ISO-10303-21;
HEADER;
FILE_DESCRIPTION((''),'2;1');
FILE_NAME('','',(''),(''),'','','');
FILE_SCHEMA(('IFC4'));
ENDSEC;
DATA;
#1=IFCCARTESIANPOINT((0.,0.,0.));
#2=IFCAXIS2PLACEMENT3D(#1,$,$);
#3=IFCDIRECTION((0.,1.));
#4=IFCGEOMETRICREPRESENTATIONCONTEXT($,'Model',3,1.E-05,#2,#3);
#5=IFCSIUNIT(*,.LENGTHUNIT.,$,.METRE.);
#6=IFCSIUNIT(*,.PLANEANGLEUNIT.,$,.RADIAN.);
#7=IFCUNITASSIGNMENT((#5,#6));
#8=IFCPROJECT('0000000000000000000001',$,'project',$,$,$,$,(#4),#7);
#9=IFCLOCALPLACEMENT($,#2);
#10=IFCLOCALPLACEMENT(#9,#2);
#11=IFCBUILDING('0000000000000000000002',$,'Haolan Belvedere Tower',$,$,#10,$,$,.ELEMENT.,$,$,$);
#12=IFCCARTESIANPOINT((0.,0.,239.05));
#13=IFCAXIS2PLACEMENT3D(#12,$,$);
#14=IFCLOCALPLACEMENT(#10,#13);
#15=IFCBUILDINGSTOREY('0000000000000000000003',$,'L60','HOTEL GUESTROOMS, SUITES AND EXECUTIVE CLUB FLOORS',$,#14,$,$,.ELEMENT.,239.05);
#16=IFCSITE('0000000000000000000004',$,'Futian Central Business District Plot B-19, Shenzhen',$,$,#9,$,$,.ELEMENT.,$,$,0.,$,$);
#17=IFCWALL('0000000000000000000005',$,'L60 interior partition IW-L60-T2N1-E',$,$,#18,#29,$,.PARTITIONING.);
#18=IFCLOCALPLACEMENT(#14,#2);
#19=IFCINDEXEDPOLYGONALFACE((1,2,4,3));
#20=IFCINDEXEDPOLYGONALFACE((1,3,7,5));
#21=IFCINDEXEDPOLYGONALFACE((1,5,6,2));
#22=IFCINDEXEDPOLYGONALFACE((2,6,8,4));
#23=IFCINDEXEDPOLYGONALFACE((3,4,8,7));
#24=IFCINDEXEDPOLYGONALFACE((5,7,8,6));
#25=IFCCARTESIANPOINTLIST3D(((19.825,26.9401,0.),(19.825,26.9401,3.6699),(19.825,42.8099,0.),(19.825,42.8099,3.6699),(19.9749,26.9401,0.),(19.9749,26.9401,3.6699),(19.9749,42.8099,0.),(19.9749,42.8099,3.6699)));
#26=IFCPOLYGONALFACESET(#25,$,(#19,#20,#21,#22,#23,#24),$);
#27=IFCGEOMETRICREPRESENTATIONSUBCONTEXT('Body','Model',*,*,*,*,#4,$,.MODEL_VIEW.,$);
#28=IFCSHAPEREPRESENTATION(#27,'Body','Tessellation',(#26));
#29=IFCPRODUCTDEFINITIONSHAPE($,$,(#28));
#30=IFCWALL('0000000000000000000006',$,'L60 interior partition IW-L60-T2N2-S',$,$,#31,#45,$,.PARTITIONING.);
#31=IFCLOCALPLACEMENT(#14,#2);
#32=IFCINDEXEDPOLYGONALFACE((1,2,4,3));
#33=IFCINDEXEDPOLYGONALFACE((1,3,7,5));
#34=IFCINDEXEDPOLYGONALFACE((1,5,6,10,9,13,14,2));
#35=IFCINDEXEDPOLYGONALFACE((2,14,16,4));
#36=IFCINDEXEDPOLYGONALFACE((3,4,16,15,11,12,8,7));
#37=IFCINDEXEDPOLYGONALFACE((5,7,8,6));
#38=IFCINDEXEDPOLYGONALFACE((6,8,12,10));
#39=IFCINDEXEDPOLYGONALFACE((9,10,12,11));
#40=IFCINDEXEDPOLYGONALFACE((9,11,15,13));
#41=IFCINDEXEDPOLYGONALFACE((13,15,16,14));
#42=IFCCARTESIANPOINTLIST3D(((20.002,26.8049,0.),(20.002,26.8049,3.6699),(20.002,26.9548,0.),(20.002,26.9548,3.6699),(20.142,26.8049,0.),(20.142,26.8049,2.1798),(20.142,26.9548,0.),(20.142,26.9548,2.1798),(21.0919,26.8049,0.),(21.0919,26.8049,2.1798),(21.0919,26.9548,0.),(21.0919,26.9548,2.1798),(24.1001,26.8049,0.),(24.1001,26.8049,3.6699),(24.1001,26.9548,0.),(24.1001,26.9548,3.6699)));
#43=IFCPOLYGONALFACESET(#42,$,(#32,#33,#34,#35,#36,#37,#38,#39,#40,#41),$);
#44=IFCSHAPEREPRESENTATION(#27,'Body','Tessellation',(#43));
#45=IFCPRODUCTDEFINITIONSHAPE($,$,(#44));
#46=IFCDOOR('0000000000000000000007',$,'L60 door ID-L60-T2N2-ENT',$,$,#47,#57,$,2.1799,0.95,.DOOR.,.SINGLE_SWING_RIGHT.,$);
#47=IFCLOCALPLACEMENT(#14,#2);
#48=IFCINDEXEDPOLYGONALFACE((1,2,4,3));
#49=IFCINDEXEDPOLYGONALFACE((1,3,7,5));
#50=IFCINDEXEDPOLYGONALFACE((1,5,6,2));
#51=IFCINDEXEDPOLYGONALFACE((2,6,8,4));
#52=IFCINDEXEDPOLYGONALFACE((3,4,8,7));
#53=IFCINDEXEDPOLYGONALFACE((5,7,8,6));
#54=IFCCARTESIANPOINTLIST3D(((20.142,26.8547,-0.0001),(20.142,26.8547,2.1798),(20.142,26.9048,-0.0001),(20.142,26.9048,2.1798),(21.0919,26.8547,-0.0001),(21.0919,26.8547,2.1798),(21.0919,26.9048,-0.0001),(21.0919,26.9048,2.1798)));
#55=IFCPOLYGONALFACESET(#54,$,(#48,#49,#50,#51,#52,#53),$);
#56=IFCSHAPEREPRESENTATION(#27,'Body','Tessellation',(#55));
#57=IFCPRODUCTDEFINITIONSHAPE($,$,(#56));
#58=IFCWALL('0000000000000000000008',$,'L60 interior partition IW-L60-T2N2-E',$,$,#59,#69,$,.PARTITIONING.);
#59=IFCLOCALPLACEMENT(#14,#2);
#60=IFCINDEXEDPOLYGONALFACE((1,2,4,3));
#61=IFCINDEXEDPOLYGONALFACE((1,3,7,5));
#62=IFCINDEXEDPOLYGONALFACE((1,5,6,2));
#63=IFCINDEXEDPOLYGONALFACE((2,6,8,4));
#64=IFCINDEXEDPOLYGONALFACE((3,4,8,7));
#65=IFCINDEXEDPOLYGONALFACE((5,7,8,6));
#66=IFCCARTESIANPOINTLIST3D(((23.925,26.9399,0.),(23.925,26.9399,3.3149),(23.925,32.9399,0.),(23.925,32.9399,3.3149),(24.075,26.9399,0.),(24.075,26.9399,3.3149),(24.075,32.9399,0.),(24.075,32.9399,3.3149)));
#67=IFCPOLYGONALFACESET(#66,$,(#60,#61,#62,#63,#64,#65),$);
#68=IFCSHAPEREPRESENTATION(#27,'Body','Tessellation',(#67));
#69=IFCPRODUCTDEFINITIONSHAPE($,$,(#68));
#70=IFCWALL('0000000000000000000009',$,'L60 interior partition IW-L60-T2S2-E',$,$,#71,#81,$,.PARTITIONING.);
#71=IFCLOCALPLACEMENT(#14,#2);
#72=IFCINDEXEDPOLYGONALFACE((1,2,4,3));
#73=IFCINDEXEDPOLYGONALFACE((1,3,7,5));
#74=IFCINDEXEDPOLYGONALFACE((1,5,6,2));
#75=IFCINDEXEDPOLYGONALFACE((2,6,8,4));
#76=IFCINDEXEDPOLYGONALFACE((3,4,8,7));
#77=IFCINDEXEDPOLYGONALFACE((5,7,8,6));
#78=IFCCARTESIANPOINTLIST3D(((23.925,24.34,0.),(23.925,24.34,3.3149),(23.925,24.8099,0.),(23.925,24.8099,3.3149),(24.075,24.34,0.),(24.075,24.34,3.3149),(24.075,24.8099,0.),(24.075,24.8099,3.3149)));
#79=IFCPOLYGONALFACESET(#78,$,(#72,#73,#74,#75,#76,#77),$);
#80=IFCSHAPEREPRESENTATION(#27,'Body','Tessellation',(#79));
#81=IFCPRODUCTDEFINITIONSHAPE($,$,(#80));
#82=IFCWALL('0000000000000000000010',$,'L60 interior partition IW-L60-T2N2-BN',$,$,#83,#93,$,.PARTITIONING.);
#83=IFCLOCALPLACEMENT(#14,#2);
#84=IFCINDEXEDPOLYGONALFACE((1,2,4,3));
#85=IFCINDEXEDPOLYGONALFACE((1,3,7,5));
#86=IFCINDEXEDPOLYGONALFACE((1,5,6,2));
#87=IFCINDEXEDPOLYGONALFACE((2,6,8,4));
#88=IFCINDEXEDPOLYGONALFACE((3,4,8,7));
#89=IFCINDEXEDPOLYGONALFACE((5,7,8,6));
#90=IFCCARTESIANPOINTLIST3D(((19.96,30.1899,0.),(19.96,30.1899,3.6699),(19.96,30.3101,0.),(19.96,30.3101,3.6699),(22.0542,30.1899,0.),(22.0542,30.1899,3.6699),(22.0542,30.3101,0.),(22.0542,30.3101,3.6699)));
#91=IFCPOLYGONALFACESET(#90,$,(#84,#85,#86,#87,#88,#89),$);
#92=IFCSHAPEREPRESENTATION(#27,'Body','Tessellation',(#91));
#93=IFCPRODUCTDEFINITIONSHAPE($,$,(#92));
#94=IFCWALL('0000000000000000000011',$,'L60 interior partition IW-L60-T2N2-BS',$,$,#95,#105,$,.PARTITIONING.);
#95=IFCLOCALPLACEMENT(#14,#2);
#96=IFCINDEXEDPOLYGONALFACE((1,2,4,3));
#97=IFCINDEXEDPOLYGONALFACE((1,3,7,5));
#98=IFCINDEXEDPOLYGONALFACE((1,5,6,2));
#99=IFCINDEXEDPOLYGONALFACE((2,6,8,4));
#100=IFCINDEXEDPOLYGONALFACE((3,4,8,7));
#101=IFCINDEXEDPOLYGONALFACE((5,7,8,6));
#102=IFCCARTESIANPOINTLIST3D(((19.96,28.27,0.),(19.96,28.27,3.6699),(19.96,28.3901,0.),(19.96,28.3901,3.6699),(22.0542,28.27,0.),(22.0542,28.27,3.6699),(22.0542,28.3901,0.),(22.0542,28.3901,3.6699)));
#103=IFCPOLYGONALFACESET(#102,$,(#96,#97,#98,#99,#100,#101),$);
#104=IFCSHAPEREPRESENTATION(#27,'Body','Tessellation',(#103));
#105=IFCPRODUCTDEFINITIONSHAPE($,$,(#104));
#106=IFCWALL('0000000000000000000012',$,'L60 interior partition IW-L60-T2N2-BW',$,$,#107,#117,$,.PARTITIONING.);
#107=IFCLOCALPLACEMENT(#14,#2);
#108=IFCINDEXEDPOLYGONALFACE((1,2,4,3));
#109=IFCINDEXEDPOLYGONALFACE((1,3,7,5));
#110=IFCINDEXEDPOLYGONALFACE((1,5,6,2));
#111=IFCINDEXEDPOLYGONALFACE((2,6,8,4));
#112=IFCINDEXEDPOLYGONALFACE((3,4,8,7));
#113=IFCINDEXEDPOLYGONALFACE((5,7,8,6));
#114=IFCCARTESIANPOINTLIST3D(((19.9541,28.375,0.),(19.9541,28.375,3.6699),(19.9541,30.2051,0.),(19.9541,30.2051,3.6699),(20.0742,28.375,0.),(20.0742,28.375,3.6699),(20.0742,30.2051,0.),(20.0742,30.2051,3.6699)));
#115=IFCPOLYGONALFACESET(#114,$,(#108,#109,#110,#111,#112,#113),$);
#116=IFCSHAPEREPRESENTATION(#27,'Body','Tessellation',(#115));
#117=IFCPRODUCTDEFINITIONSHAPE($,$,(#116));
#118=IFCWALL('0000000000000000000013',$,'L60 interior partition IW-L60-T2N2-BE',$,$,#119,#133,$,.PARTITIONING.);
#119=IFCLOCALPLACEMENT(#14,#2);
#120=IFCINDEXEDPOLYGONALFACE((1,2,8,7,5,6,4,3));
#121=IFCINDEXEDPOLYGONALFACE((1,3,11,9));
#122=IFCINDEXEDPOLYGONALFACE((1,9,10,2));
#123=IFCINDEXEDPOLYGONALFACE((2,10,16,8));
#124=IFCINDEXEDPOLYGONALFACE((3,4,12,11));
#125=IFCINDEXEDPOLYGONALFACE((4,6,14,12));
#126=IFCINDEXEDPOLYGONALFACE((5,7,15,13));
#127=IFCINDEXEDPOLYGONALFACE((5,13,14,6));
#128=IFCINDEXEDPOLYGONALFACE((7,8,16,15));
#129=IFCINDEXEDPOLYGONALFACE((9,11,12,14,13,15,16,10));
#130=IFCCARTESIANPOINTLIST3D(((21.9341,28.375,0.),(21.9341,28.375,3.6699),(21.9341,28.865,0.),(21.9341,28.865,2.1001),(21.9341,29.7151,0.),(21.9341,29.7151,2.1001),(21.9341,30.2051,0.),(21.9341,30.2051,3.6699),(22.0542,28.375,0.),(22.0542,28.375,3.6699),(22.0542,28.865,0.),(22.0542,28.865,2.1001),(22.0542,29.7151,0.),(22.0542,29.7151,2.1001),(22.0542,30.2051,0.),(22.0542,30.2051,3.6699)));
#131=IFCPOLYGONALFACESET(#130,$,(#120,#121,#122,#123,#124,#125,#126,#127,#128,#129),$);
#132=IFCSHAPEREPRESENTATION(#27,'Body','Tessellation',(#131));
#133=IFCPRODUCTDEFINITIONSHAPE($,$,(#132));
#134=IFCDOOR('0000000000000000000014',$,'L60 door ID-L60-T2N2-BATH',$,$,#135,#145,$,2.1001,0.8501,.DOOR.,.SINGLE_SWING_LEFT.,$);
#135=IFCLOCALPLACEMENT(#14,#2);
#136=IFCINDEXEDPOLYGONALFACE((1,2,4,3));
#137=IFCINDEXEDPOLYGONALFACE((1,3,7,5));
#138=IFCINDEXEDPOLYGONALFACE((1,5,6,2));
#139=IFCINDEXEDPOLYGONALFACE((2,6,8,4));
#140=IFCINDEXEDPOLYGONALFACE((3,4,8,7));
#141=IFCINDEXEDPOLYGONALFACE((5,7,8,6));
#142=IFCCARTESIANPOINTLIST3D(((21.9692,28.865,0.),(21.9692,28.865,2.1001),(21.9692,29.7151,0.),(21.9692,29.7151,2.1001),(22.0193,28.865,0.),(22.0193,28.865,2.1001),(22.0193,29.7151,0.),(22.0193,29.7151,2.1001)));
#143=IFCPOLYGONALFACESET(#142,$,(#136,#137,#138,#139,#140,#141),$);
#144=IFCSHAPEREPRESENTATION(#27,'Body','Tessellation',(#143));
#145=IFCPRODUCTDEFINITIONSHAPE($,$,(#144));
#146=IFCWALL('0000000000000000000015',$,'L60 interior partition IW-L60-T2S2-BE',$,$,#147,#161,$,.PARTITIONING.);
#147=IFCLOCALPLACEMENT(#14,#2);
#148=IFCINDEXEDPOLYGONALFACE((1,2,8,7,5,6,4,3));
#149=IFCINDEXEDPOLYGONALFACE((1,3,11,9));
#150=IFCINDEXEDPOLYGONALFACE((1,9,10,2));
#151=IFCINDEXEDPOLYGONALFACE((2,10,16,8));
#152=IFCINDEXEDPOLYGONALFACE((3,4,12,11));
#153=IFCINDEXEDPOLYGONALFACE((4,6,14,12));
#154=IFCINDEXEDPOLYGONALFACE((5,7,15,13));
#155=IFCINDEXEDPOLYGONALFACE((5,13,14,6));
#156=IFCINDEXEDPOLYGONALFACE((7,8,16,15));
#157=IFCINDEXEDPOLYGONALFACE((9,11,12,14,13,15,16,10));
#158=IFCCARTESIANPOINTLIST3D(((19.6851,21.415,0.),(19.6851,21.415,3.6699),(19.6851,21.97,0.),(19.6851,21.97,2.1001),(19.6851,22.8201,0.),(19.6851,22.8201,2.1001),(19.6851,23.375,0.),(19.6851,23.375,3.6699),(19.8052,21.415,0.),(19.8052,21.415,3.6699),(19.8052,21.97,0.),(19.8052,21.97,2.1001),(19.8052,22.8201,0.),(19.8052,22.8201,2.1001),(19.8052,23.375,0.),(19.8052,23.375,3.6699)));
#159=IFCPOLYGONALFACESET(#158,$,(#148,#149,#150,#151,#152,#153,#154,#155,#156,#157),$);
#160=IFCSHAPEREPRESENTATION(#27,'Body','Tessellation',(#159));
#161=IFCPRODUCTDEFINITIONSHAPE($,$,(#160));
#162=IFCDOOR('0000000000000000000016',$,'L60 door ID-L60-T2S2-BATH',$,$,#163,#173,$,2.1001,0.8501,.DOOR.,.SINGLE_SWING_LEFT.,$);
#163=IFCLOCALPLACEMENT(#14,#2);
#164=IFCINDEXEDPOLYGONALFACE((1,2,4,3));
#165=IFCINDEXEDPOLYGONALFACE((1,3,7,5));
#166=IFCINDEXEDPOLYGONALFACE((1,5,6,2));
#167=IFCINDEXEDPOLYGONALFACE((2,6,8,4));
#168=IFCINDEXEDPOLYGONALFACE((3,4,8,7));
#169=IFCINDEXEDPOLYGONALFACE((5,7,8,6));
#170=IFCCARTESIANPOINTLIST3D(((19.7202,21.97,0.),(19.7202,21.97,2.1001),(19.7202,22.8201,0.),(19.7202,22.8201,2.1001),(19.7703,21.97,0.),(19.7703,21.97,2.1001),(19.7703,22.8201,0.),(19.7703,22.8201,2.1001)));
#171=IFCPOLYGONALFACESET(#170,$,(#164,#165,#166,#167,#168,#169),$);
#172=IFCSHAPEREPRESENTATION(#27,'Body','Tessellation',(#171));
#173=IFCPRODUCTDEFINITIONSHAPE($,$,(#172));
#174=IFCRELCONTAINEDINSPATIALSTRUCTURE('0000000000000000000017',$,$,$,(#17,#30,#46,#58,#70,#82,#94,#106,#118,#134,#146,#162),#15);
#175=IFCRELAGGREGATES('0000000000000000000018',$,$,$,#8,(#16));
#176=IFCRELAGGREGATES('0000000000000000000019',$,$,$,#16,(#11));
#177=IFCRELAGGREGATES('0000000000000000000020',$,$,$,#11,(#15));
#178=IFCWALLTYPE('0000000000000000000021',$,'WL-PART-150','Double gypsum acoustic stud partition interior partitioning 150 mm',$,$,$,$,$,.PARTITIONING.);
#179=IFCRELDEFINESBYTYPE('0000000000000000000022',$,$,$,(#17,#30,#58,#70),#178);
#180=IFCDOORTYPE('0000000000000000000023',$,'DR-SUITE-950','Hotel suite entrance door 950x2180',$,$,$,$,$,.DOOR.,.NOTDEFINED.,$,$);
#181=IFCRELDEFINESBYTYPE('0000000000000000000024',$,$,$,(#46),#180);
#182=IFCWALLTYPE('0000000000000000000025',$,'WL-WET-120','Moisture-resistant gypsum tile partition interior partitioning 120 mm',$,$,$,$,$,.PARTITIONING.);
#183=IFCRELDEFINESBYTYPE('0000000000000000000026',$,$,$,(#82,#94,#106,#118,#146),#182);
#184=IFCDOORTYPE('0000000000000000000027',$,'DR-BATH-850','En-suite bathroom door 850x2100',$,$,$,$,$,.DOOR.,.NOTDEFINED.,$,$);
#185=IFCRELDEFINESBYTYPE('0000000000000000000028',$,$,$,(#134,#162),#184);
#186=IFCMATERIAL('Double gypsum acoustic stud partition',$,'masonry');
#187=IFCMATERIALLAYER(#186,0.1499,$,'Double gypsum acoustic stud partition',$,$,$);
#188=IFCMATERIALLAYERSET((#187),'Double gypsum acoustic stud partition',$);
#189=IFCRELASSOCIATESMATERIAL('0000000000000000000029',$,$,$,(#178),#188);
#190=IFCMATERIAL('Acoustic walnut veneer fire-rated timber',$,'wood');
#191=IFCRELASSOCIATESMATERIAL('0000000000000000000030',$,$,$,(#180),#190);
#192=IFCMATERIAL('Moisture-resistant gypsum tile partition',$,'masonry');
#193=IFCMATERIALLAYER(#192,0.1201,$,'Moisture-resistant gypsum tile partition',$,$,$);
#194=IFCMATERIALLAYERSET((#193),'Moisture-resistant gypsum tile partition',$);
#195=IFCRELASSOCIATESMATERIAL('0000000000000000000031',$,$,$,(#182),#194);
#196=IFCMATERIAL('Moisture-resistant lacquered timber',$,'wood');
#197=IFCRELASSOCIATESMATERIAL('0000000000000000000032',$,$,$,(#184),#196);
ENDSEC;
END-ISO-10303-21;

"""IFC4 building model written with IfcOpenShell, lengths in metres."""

from ifc_helpers import new_model, si_unit, direction, frame, frame_2d, origin, place, context, subcontext, project, spatial, rectangle, extrude, material, layer, layer_set, type_object, element, fill, save


model = new_model("IFC4")

# Units and contexts
model_context = context("Model", 3, precision=1e-05, world=origin(), true_north=direction((0.0, 1.0)))
body_context = subcontext(model_context, "Body", "Model", "MODEL_VIEW")
ifc_project = project(units=[si_unit("LENGTHUNIT", "METRE"), si_unit("PLANEANGLEUNIT", "RADIAN")], contexts=[model_context])

# Site, building, storey
site_placement = place(None, origin())
site = spatial("IfcSite", under=ifc_project, at=site_placement, Name="Futian Central Business District Plot B-19, Shenzhen", CompositionType="ELEMENT", RefElevation=0.0)
building_placement = place(site_placement, origin())
building = spatial("IfcBuilding", under=site, at=building_placement, Name="Haolan Belvedere Tower", CompositionType="ELEMENT")
storey_placement = place(building_placement, frame((0.0, 0.0, 239.05)))
storey = spatial("IfcBuildingStorey", under=building, at=storey_placement, Name="L60", Description="HOTEL GUESTROOMS, SUITES AND EXECUTIVE CLUB FLOORS", CompositionType="ELEMENT", Elevation=239.05)

# Shared definitions
ifc_material_1 = material(Name="Double gypsum acoustic stud partition", Category="masonry")
ifc_layer_1 = layer(ifc_material_1, 0.1499, Name="Double gypsum acoustic stud partition")
ifc_layer_set_1 = layer_set([ifc_layer_1], Name="Double gypsum acoustic stud partition")
wall_type_1 = type_object("IfcWallType", Name="WL-PART-150", Description="Double gypsum acoustic stud partition interior partitioning 150 mm", PredefinedType="PARTITIONING", material=ifc_layer_set_1)

# Wall
wall_1_placement = place(storey_placement, frame((19.8999, 26.9399, 0.0), z_axis=(0.0, 0.0, 1.0), x_axis=(0.0, 1.0, 0.0)))
element("IfcWall", 1, at=wall_1_placement, inside=storey, type_object=wall_type_1, Name="L60 interior partition IW-L60-T2N1-E", PredefinedType="PARTITIONING", context=body_context, shape_type="SweptSolid", body=[
    extrude(rectangle(XDim=15.8699, YDim=0.1499, at=frame_2d((7.9351, 0.0))), origin(), (0.0, 0.0, 1.0), 3.6699),
])

# Wall, opening, door
wall_2_placement = place(storey_placement, frame((20.002, 26.8799, 0.0), z_axis=(0.0, 0.0, 1.0), x_axis=(1.0, 0.0, 0.0)))
wall_2 = element("IfcWall", 2, at=wall_2_placement, inside=storey, type_object=wall_type_1, Name="L60 interior partition IW-L60-T2N2-S", PredefinedType="PARTITIONING", context=body_context, shape_type="SweptSolid", body=[
    extrude(rectangle(XDim=4.0981, YDim=0.1499, at=frame_2d((2.0491, 0.0))), origin(), (0.0, 0.0, 1.0), 3.6699),
])
opening_1_placement = place(wall_2_placement, frame((0.1399, 0.0, 0.0)))
opening_1 = element("IfcOpeningElement", 3, at=opening_1_placement, cuts=wall_2, PredefinedType="OPENING", context=body_context, shape_type="SweptSolid", body=[
    extrude(rectangle(XDim=0.95, YDim=2.1799, at=frame_2d((0.4751, 1.0898))), frame((0.0, 0.085, 0.0), z_axis=(0.0, -1.0, 0.0), x_axis=(1.0, 0.0, 0.0)), (0.0, 0.0, 1.0), 0.1699),
])
ifc_material_2 = material(Name="Acoustic walnut veneer fire-rated timber", Category="wood")
door_type_1 = type_object("IfcDoorType", Name="DR-SUITE-950", Description="Hotel suite entrance door 950x2180", OperationType="NOTDEFINED", PredefinedType="DOOR", material=ifc_material_2)
door_1_placement = place(opening_1_placement, origin())
door_1 = element("IfcDoor", 4, at=door_1_placement, inside=storey, type_object=door_type_1, Name="L60 door ID-L60-T2N2-ENT", OperationType="SINGLE_SWING_RIGHT", OverallHeight=2.1799, OverallWidth=0.95, PredefinedType="DOOR", context=body_context, shape_type="SweptSolid", body=[
    extrude(rectangle(XDim=0.95, YDim=2.1799, at=frame_2d((0.4751, 1.0898))), frame((0.0, 0.0249, 0.0), z_axis=(0.0, -1.0, 0.0), x_axis=(1.0, 0.0, 0.0)), (0.0, 0.0, 1.0), 0.05),
])
fill(opening_1, door_1)

# Walls
wall_3_placement = place(storey_placement, frame((24.0, 26.9399, 0.0), z_axis=(0.0, 0.0, 1.0), x_axis=(0.0, 1.0, 0.0)))
element("IfcWall", 5, at=wall_3_placement, inside=storey, type_object=wall_type_1, Name="L60 interior partition IW-L60-T2N2-E", PredefinedType="PARTITIONING", context=body_context, shape_type="SweptSolid", body=[
    extrude(rectangle(XDim=6.0, YDim=0.1499, at=frame_2d((3.0, 0.0))), origin(), (0.0, 0.0, 1.0), 3.3149),
])
wall_4_placement = place(storey_placement, frame((24.0, 24.3401, 0.0), z_axis=(0.0, 0.0, 1.0), x_axis=(0.0, 1.0, 0.0)))
element("IfcWall", 6, at=wall_4_placement, inside=storey, type_object=wall_type_1, Name="L60 interior partition IW-L60-T2S2-E", PredefinedType="PARTITIONING", context=body_context, shape_type="SweptSolid", body=[
    extrude(rectangle(XDim=0.47, YDim=0.1499, at=frame_2d((0.2349, 0.0))), origin(), (0.0, 0.0, 1.0), 3.3149),
])
ifc_material_3 = material(Name="Moisture-resistant gypsum tile partition", Category="masonry")
ifc_layer_2 = layer(ifc_material_3, 0.1201, Name="Moisture-resistant gypsum tile partition")
ifc_layer_set_2 = layer_set([ifc_layer_2], Name="Moisture-resistant gypsum tile partition")
wall_type_2 = type_object("IfcWallType", Name="WL-WET-120", Description="Moisture-resistant gypsum tile partition interior partitioning 120 mm", PredefinedType="PARTITIONING", material=ifc_layer_set_2)
for number, where, z_axis, x_axis, name in (
    (7, (19.96, 30.25, 0.0), (0.0, 0.0, 1.0), (1.0, 0.0, 0.0), "L60 interior partition IW-L60-T2N2-BN"),
    (8, (19.96, 28.3301, 0.0), (0.0, 0.0, 1.0), (1.0, 0.0, 0.0), "L60 interior partition IW-L60-T2N2-BS"),
):
    element("IfcWall", number, at=place(storey_placement, frame(where, z_axis=z_axis, x_axis=x_axis)), inside=storey, type_object=wall_type_2, Name=name, PredefinedType="PARTITIONING", context=body_context, shape_type="SweptSolid", body=[
        extrude(rectangle(XDim=2.0942, YDim=0.1201, at=frame_2d((1.0471, 0.0))), origin(), (0.0, 0.0, 1.0), 3.6699),
    ])
wall_5_placement = place(storey_placement, frame((20.0142, 28.375, 0.0), z_axis=(0.0, 0.0, 1.0), x_axis=(0.0, 1.0, 0.0)))
element("IfcWall", 9, at=wall_5_placement, inside=storey, type_object=wall_type_2, Name="L60 interior partition IW-L60-T2N2-BW", PredefinedType="PARTITIONING", context=body_context, shape_type="SweptSolid", body=[
    extrude(rectangle(XDim=1.8301, YDim=0.1201, at=frame_2d((0.915, 0.0))), origin(), (0.0, 0.0, 1.0), 3.6699),
])

# Walls, openings, doors
wall_6_placement = place(storey_placement, frame((21.9941, 28.375, 0.0), z_axis=(0.0, 0.0, 1.0), x_axis=(0.0, 1.0, 0.0)))
wall_6 = element("IfcWall", 10, at=wall_6_placement, inside=storey, type_object=wall_type_2, Name="L60 interior partition IW-L60-T2N2-BE", PredefinedType="PARTITIONING", context=body_context, shape_type="SweptSolid", body=[
    extrude(rectangle(XDim=1.8301, YDim=0.1201, at=frame_2d((0.915, 0.0))), origin(), (0.0, 0.0, 1.0), 3.6699),
])
opening_2_placement = place(wall_6_placement, frame((0.49, 0.0, 0.0)))
opening_2 = element("IfcOpeningElement", 11, at=opening_2_placement, cuts=wall_6, PredefinedType="OPENING", context=body_context, shape_type="SweptSolid", body=[
    extrude(rectangle(XDim=0.8501, YDim=2.1001, at=frame_2d((0.425, 1.05))), frame((0.0, 0.0701, 0.0), z_axis=(0.0, -1.0, 0.0), x_axis=(1.0, 0.0, 0.0)), (0.0, 0.0, 1.0), 0.1401),
])
ifc_material_4 = material(Name="Moisture-resistant lacquered timber", Category="wood")
door_type_2 = type_object("IfcDoorType", Name="DR-BATH-850", Description="En-suite bathroom door 850x2100", OperationType="NOTDEFINED", PredefinedType="DOOR", material=ifc_material_4)
door_2_placement = place(opening_2_placement, origin())
door_2 = element("IfcDoor", 12, at=door_2_placement, inside=storey, type_object=door_type_2, Name="L60 door ID-L60-T2N2-BATH", OperationType="SINGLE_SWING_LEFT", OverallHeight=2.1001, OverallWidth=0.8501, PredefinedType="DOOR", context=body_context, shape_type="SweptSolid", body=[
    extrude(rectangle(XDim=0.8501, YDim=2.1001, at=frame_2d((0.425, 1.05))), frame((0.0, 0.0249, 0.0), z_axis=(0.0, -1.0, 0.0), x_axis=(1.0, 0.0, 0.0)), (0.0, 0.0, 1.0), 0.05),
])
fill(opening_2, door_2)
wall_7_placement = place(storey_placement, frame((19.7451, 21.415, 0.0), z_axis=(0.0, 0.0, 1.0), x_axis=(0.0, 1.0, 0.0)))
wall_7 = element("IfcWall", 13, at=wall_7_placement, inside=storey, type_object=wall_type_2, Name="L60 interior partition IW-L60-T2S2-BE", PredefinedType="PARTITIONING", context=body_context, shape_type="SweptSolid", body=[
    extrude(rectangle(XDim=1.96, YDim=0.1201, at=frame_2d((0.98, 0.0))), origin(), (0.0, 0.0, 1.0), 3.6699),
])
opening_3_placement = place(wall_7_placement, frame((0.5549, 0.0, 0.0)))
opening_3 = element("IfcOpeningElement", 14, at=opening_3_placement, cuts=wall_7, PredefinedType="OPENING", context=body_context, shape_type="SweptSolid", body=[
    extrude(rectangle(XDim=0.8501, YDim=2.1001, at=frame_2d((0.425, 1.05))), frame((0.0, 0.0701, 0.0), z_axis=(0.0, -1.0, 0.0), x_axis=(1.0, 0.0, 0.0)), (0.0, 0.0, 1.0), 0.1401),
])
door_3_placement = place(opening_3_placement, origin())
door_3 = element("IfcDoor", 15, at=door_3_placement, inside=storey, type_object=door_type_2, Name="L60 door ID-L60-T2S2-BATH", OperationType="SINGLE_SWING_LEFT", OverallHeight=2.1001, OverallWidth=0.8501, PredefinedType="DOOR", context=body_context, shape_type="SweptSolid", body=[
    extrude(rectangle(XDim=0.8501, YDim=2.1001, at=frame_2d((0.425, 1.05))), frame((0.0, 0.0249, 0.0), z_axis=(0.0, -1.0, 0.0), x_axis=(1.0, 0.0, 0.0)), (0.0, 0.0, 1.0), 0.05),
])
fill(opening_3, door_3)

save(model, "model.ifc")
